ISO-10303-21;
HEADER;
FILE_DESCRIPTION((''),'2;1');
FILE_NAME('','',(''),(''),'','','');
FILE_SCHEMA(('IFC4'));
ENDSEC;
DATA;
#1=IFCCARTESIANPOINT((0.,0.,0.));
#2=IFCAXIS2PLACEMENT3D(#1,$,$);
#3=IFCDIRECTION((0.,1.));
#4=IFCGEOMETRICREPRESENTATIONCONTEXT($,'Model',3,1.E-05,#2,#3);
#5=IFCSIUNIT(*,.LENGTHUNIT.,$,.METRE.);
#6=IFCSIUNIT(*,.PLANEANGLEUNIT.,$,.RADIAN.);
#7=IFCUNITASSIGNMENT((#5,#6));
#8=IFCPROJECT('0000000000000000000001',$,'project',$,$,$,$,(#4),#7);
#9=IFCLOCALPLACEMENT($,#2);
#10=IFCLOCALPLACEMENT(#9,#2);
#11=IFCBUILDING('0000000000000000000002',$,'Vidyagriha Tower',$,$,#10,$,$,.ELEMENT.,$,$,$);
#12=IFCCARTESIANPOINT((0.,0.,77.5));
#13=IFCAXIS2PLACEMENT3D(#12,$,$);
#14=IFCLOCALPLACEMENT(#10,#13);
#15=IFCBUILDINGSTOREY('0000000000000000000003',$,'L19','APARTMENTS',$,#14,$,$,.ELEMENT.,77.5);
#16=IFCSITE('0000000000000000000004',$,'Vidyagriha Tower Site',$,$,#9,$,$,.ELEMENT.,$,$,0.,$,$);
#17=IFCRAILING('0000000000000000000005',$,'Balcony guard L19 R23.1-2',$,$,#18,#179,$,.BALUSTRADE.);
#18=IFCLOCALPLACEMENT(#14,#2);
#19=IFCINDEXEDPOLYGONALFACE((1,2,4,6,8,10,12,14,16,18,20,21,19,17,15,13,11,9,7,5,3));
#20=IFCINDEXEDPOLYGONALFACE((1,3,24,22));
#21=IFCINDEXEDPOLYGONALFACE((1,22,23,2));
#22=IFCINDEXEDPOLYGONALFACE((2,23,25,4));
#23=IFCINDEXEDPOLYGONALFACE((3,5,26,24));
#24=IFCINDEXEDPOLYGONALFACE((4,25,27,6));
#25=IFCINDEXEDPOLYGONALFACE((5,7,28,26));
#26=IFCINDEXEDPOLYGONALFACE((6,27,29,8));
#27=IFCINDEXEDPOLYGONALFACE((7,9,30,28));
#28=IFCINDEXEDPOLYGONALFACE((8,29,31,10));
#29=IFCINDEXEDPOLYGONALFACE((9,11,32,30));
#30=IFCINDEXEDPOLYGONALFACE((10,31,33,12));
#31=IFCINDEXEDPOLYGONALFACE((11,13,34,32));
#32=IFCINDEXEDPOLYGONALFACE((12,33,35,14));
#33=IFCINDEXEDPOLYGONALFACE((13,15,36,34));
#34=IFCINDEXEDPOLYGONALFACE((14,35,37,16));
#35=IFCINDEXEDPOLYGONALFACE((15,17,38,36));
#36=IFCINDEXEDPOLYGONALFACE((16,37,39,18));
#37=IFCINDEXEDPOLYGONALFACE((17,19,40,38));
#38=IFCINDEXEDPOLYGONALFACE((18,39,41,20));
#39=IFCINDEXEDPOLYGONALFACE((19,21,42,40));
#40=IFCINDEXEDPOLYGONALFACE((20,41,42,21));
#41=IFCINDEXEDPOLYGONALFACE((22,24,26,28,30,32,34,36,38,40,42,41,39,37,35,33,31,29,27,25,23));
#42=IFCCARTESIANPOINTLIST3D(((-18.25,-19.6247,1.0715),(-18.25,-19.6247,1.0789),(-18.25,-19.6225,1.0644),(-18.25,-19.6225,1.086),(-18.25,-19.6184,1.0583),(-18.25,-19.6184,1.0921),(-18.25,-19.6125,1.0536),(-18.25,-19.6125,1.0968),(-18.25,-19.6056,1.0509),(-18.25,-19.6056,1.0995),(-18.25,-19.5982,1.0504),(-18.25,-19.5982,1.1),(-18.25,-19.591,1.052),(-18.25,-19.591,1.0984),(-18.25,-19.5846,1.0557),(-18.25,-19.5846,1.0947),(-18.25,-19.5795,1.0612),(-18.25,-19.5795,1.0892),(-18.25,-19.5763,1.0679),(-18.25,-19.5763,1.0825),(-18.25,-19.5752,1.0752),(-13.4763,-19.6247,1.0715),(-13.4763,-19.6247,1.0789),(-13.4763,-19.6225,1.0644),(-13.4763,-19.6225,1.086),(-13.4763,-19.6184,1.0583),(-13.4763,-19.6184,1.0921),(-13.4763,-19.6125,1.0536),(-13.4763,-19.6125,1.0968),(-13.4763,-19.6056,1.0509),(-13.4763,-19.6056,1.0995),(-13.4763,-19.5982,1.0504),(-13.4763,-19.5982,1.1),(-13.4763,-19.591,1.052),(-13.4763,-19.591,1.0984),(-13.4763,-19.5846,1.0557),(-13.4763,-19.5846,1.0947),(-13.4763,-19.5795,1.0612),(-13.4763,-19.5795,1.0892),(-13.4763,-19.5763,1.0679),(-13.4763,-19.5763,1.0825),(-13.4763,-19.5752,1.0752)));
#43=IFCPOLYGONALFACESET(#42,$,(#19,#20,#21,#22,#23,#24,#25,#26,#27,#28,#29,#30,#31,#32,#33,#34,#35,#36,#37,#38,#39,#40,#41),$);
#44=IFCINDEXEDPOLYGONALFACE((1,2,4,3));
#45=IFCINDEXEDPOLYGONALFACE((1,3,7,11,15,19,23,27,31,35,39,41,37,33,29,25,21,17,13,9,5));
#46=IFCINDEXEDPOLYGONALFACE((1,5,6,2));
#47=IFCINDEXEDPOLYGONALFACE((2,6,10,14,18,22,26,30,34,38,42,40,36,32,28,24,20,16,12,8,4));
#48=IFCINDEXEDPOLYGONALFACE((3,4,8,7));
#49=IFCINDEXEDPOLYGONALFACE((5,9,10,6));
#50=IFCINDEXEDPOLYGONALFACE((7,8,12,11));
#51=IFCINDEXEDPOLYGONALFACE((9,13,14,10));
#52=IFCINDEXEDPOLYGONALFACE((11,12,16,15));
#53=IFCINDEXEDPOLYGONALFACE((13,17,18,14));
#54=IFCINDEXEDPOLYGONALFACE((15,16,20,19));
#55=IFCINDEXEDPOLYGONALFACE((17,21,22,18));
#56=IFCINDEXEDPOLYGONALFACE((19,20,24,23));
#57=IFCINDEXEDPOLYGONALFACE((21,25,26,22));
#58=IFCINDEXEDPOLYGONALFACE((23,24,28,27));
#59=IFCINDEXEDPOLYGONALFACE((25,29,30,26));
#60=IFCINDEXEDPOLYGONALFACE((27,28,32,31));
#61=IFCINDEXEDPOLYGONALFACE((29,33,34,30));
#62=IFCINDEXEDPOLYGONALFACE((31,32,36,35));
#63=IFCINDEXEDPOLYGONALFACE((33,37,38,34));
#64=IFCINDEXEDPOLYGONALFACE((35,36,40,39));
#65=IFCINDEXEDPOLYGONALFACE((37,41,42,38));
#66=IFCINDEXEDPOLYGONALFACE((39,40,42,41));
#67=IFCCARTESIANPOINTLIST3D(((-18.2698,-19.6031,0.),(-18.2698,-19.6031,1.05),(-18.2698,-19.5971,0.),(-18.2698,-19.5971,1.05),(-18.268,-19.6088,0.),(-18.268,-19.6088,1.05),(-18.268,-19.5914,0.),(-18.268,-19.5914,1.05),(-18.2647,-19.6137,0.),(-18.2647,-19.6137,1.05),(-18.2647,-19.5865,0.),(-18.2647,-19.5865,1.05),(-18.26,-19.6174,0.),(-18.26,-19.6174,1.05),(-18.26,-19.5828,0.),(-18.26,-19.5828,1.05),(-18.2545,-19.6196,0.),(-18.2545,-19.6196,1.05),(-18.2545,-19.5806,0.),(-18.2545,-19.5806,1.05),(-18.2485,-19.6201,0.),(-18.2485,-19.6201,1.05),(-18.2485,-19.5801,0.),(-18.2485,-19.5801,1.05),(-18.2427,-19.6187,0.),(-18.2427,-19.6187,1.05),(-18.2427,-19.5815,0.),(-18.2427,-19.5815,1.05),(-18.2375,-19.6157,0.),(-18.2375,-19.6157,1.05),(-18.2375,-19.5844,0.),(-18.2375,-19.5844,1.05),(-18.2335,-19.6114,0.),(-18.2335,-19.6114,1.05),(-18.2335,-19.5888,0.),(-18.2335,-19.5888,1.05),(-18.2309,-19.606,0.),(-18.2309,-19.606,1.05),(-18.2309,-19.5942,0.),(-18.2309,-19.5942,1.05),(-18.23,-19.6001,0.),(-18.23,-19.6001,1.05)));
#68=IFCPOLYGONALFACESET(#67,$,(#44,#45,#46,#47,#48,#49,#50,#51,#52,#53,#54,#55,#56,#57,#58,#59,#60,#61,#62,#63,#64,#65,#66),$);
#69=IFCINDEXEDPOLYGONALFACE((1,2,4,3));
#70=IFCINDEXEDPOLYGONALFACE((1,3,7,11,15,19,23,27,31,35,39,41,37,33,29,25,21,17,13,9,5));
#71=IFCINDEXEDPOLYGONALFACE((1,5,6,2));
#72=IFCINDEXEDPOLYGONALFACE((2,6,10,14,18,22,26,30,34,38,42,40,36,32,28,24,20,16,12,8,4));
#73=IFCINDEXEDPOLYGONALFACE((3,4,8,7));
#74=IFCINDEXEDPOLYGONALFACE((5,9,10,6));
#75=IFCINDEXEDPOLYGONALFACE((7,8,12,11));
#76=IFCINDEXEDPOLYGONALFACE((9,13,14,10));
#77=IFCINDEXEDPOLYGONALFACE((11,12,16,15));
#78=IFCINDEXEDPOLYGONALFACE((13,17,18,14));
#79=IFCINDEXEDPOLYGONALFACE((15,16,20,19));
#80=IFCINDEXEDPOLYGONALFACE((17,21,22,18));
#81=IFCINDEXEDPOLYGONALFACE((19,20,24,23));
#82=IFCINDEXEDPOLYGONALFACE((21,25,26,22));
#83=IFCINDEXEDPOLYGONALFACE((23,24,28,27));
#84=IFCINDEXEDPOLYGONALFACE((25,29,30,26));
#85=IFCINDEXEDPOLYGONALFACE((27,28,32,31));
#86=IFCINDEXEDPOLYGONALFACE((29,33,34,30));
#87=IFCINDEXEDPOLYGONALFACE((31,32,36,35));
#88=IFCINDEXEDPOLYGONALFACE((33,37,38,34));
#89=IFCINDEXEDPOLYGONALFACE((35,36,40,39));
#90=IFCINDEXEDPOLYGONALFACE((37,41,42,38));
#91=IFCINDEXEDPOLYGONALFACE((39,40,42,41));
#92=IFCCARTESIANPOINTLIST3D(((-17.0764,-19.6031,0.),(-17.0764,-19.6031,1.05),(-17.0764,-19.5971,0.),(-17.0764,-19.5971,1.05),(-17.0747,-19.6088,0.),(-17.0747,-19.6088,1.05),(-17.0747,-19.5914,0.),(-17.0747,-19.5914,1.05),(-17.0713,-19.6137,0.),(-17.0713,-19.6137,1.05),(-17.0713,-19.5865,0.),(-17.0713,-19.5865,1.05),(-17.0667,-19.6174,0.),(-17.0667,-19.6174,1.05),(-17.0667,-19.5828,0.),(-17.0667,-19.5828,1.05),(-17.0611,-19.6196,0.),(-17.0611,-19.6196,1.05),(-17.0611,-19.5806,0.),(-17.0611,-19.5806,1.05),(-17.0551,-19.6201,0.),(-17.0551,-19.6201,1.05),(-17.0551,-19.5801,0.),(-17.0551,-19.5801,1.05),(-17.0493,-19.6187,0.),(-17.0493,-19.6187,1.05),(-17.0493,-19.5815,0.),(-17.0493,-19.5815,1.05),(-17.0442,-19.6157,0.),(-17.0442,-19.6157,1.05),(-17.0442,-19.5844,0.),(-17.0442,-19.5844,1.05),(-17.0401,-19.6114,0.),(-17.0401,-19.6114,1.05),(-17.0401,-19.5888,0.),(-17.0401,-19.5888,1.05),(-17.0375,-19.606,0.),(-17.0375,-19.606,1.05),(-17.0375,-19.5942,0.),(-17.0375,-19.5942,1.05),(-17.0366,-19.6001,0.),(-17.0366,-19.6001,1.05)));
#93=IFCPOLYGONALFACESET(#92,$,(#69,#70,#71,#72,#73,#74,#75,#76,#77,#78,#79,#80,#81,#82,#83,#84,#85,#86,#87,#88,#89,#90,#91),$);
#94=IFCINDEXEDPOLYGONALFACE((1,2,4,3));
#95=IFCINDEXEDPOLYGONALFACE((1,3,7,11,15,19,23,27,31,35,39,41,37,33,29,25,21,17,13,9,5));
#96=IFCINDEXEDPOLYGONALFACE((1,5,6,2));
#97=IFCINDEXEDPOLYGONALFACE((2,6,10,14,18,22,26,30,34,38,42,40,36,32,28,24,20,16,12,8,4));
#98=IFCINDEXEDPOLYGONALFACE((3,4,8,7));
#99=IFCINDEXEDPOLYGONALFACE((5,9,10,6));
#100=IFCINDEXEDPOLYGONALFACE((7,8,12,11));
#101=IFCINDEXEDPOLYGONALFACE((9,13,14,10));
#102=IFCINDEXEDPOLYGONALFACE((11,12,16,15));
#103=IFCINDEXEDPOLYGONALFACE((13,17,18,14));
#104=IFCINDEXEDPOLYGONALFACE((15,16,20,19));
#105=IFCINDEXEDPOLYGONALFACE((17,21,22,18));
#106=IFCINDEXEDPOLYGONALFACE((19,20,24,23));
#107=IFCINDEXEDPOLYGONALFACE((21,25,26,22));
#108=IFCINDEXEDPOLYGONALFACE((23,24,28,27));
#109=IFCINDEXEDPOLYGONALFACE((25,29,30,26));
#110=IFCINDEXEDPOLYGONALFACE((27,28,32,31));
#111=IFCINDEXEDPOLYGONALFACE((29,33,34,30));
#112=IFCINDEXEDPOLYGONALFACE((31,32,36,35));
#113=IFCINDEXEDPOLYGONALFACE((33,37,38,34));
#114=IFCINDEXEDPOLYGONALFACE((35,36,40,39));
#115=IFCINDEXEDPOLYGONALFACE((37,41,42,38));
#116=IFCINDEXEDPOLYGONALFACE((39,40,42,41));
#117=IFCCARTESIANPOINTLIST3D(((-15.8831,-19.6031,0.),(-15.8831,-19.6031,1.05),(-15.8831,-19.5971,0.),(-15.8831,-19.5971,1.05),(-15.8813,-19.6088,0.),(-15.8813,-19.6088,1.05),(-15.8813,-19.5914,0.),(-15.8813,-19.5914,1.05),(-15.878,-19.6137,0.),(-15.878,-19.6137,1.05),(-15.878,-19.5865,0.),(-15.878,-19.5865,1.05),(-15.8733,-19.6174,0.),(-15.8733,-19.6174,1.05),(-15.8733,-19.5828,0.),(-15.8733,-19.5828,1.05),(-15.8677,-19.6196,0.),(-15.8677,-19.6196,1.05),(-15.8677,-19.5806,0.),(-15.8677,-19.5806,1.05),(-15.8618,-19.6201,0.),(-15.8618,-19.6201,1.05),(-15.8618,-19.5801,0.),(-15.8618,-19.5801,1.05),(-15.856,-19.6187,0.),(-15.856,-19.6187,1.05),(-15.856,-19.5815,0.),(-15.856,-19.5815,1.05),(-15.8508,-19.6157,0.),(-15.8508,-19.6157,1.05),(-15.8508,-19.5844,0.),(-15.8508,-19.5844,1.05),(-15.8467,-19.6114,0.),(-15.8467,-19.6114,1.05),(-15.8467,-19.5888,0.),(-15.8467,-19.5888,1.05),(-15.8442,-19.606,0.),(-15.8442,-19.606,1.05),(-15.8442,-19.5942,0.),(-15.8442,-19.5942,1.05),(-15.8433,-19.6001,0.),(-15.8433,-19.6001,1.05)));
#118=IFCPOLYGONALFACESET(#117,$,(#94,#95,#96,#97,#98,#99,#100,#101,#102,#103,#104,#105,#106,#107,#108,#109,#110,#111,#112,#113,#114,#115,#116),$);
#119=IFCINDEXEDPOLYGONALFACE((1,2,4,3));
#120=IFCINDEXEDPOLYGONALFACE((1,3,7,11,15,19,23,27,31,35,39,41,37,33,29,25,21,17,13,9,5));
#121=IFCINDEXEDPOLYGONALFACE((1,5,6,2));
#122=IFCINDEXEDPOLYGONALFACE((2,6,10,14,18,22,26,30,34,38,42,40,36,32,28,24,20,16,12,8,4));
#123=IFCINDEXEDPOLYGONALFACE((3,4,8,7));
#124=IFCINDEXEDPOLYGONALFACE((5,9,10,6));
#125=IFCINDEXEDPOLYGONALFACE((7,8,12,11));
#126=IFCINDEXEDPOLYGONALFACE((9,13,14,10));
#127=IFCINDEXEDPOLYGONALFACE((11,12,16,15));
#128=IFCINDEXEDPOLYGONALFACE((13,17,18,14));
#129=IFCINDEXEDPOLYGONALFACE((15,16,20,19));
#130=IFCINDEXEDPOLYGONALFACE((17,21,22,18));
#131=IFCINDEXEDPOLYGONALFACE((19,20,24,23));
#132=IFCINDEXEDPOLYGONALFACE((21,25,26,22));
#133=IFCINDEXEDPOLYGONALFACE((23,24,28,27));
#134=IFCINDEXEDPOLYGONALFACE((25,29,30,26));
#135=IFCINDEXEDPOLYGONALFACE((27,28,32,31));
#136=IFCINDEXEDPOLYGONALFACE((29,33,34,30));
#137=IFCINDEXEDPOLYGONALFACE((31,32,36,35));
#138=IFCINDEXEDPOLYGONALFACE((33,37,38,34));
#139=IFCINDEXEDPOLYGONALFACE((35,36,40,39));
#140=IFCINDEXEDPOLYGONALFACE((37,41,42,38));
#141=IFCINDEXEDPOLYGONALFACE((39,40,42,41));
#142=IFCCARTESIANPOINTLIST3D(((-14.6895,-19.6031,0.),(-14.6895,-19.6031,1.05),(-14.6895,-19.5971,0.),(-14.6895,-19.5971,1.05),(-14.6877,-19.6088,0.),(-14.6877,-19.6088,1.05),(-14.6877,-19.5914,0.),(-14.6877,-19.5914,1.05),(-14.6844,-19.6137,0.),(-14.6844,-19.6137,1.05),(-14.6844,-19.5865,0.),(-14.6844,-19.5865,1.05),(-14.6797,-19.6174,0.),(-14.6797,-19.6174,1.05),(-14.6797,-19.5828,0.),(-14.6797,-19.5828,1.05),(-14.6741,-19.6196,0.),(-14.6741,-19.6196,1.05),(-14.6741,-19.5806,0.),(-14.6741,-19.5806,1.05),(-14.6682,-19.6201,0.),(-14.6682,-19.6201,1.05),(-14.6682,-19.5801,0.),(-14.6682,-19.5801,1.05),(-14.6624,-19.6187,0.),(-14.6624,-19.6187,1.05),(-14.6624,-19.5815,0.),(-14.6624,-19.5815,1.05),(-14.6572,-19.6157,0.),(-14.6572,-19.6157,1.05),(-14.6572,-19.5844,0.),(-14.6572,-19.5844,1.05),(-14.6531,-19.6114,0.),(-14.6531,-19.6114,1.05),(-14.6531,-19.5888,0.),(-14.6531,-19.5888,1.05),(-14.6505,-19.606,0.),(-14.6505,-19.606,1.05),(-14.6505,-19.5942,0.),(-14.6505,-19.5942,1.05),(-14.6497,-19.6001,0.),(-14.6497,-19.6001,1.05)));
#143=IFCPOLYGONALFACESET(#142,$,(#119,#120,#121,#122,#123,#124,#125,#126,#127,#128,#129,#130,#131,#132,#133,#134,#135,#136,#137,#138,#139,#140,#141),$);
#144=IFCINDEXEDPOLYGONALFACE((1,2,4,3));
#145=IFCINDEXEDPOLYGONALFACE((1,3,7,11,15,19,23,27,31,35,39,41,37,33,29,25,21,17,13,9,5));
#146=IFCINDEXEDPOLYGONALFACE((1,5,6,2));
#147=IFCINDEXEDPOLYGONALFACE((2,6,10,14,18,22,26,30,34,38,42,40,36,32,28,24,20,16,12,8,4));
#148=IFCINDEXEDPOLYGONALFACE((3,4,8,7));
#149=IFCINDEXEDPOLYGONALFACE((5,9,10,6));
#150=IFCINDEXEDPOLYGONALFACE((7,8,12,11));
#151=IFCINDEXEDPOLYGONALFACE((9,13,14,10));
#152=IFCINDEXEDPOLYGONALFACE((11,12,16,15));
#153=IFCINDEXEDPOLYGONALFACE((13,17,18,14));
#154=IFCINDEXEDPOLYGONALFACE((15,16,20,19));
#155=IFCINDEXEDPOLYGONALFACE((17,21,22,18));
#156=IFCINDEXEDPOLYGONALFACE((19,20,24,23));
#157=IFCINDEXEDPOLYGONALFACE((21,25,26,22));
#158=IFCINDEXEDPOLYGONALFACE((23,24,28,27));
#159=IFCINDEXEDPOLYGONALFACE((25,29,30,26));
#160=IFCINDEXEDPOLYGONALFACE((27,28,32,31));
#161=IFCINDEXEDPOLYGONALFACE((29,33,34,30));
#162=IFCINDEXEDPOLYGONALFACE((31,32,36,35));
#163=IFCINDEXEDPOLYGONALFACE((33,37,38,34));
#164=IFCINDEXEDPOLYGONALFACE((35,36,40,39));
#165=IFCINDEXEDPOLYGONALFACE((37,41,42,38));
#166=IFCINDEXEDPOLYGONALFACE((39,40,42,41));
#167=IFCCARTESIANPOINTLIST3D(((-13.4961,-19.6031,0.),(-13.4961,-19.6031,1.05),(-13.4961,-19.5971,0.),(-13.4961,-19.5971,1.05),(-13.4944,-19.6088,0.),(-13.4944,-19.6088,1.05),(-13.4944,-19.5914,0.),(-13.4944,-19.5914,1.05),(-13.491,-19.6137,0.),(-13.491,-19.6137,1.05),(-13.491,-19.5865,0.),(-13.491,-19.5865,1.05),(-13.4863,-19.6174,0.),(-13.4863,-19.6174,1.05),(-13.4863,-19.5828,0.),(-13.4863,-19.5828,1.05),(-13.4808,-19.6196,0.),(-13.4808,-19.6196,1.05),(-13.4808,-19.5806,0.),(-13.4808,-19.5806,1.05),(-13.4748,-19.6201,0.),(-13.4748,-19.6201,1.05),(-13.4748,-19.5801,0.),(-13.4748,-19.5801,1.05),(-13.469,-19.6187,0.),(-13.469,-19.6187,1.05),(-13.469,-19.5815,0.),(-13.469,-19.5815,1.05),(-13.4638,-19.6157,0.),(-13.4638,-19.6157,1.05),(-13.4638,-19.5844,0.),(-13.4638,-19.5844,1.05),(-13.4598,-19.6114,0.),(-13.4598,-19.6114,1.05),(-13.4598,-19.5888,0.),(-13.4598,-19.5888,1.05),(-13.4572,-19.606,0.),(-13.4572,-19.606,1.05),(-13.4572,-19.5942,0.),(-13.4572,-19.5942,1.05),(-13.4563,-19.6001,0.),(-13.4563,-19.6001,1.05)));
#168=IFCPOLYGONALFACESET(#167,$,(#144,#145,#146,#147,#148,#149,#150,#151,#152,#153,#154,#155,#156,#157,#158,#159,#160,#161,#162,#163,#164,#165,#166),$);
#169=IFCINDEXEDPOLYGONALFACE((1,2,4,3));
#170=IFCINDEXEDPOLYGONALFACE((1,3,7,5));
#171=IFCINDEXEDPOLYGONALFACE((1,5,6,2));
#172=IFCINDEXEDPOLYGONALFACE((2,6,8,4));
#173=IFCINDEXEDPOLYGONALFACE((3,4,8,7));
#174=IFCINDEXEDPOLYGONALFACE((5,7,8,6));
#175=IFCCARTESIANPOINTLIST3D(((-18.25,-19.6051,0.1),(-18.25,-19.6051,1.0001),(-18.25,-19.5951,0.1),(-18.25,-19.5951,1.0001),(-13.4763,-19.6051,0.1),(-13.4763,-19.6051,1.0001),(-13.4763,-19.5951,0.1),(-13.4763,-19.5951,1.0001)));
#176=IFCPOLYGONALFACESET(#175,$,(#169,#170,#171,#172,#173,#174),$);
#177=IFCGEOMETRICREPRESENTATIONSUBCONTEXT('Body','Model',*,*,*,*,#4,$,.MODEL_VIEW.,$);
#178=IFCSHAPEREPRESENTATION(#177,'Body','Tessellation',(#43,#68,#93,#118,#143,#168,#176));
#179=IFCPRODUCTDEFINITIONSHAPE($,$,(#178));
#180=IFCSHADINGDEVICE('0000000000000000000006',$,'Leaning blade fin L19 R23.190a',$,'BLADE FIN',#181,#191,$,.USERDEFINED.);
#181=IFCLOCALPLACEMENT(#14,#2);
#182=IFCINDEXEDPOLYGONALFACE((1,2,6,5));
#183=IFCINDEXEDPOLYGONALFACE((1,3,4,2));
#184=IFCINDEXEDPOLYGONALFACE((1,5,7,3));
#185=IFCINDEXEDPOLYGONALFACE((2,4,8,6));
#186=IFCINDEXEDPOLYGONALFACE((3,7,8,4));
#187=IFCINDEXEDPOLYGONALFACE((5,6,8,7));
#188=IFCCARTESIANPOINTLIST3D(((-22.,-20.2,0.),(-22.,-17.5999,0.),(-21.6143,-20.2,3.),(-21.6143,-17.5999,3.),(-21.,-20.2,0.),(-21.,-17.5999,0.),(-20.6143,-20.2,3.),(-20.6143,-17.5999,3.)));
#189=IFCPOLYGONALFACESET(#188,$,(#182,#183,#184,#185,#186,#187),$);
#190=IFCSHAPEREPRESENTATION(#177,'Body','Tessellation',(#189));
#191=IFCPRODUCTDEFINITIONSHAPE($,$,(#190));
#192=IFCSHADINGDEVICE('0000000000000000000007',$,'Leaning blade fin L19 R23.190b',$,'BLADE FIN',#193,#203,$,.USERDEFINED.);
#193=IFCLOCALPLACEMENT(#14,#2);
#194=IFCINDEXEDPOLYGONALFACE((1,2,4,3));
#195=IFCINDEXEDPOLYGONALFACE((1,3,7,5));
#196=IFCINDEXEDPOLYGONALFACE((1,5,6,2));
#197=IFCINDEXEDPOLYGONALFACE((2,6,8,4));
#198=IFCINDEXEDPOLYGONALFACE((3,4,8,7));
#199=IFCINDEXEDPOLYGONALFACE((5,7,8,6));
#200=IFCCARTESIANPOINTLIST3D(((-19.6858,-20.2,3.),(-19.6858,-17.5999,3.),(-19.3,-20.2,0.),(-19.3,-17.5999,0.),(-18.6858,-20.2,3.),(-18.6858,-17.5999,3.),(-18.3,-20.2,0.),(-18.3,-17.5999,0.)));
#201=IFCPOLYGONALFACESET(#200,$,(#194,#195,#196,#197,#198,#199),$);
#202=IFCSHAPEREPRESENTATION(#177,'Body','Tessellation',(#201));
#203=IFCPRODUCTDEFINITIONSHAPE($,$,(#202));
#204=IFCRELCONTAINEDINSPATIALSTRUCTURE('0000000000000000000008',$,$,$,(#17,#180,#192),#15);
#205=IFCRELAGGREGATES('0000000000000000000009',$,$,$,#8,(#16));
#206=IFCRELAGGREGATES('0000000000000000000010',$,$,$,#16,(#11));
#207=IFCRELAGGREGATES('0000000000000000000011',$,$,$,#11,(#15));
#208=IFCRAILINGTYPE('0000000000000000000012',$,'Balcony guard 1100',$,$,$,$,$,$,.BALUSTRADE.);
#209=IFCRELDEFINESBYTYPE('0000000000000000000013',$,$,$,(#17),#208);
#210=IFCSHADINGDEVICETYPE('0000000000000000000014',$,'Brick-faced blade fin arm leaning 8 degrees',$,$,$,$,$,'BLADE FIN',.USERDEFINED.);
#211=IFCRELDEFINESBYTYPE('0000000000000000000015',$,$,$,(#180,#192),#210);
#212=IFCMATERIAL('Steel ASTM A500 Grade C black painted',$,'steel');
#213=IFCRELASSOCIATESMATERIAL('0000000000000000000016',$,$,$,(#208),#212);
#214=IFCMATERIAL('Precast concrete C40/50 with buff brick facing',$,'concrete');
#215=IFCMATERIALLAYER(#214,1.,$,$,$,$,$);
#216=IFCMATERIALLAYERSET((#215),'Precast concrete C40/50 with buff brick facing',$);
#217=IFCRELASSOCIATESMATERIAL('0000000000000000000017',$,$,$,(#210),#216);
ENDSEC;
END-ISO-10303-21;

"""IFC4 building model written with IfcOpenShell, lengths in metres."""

from ifc_helpers import new_model, si_unit, direction, frame, origin, origin_2d, place, context, subcontext, project, spatial, polyline, rectangle, circle, outline, extrude, material, layer, layer_set, type_object, element, save


model = new_model("IFC4")

# Units and contexts
model_context = context("Model", 3, precision=1e-05, world=origin(), true_north=direction((0.0, 1.0)))
body_context = subcontext(model_context, "Body", "Model", "MODEL_VIEW")
ifc_project = project(units=[si_unit("LENGTHUNIT", "METRE"), si_unit("PLANEANGLEUNIT", "RADIAN")], contexts=[model_context])

# Site, building, storey
site_placement = place(None, origin())
site = spatial("IfcSite", under=ifc_project, at=site_placement, Name="Vidyagriha Tower Site", CompositionType="ELEMENT", RefElevation=0.0)
building_placement = place(site_placement, origin())
building = spatial("IfcBuilding", under=site, at=building_placement, Name="Vidyagriha Tower", CompositionType="ELEMENT")
storey_placement = place(building_placement, frame((0.0, 0.0, 77.5)))
storey = spatial("IfcBuildingStorey", under=building, at=storey_placement, Name="L19", Description="APARTMENTS", CompositionType="ELEMENT", Elevation=77.5)

# Railing
ifc_material_1 = material(Name="Steel ASTM A500 Grade C black painted", Category="steel")
railing_type_1 = type_object("IfcRailingType", Name="Balcony guard 1100", PredefinedType="BALUSTRADE", material=ifc_material_1)
railing_1_placement = place(storey_placement, frame((-18.25, -19.6001, 0.0)))
element("IfcRailing", 1, at=railing_1_placement, inside=storey, type_object=railing_type_1, Name="Balcony guard L19 R23.1-2", PredefinedType="BALUSTRADE", context=body_context, shape_type="SweptSolid", body=[
    extrude(circle(Radius=0.0249, at=origin_2d()), frame((0.0, 0.0, 1.0752), z_axis=(1.0, 0.0, 0.0), x_axis=(0.0, 1.0, 0.0)), (0.0, 0.0, 1.0), 4.7737),
    extrude(circle(Radius=0.02, at=origin_2d()), origin(), (0.0, 0.0, 1.0), 1.05),
    extrude(circle(Radius=0.02, at=origin_2d()), frame((1.1934, 0.0, 0.0)), (0.0, 0.0, 1.0), 1.05),
    extrude(circle(Radius=0.02, at=origin_2d()), frame((2.3867, 0.0, 0.0)), (0.0, 0.0, 1.0), 1.05),
    extrude(circle(Radius=0.02, at=origin_2d()), frame((3.5803, 0.0, 0.0)), (0.0, 0.0, 1.0), 1.05),
    extrude(circle(Radius=0.02, at=origin_2d()), frame((4.7737, 0.0, 0.0)), (0.0, 0.0, 1.0), 1.05),
    extrude(rectangle(XDim=0.01, YDim=0.9001, at=origin_2d()), frame((0.0, 0.0, 0.55), z_axis=(1.0, 0.0, 0.0), x_axis=(0.0, 1.0, 0.0)), (0.0, 0.0, 1.0), 4.7737),
])

# Shading devices
ifc_material_2 = material(Name="Precast concrete C40/50 with buff brick facing", Category="concrete")
ifc_layer_1 = layer(ifc_material_2, 1.0)
ifc_layer_set_1 = layer_set([ifc_layer_1], Name="Precast concrete C40/50 with buff brick facing")
shading_device_type = type_object("IfcShadingDeviceType", Name="Brick-faced blade fin arm leaning 8 degrees", ElementType="BLADE FIN", PredefinedType="USERDEFINED", material=ifc_layer_set_1)
shading_device_1_placement = place(storey_placement, frame((-22.0, -18.8999, 0.0)))
element("IfcShadingDevice", 2, at=shading_device_1_placement, inside=storey, type_object=shading_device_type, Name="Leaning blade fin L19 R23.190a", ObjectType="BLADE FIN", PredefinedType="USERDEFINED", context=body_context, shape_type="SweptSolid", body=[
    extrude(outline(polyline([(0.0, 0.0), (1.0, 0.0), (1.3857, 3.0), (0.3857, 3.0), (0.0, 0.0)])), frame((0.0, 1.3, 0.0), z_axis=(0.0, -1.0, 0.0), x_axis=(1.0, 0.0, 0.0)), (0.0, 0.0, 1.0), 2.6001),
])
shading_device_2_placement = place(storey_placement, frame((-19.6858, -18.8999, 0.0)))
element("IfcShadingDevice", 3, at=shading_device_2_placement, inside=storey, type_object=shading_device_type, Name="Leaning blade fin L19 R23.190b", ObjectType="BLADE FIN", PredefinedType="USERDEFINED", context=body_context, shape_type="SweptSolid", body=[
    extrude(outline(polyline([(0.3857, 0.0), (1.3857, 0.0), (1.0, 3.0), (0.0, 3.0), (0.3857, 0.0)])), frame((0.0, 1.3, 0.0), z_axis=(0.0, -1.0, 0.0), x_axis=(1.0, 0.0, 0.0)), (0.0, 0.0, 1.0), 2.6001),
])

save(model, "model.ifc")
